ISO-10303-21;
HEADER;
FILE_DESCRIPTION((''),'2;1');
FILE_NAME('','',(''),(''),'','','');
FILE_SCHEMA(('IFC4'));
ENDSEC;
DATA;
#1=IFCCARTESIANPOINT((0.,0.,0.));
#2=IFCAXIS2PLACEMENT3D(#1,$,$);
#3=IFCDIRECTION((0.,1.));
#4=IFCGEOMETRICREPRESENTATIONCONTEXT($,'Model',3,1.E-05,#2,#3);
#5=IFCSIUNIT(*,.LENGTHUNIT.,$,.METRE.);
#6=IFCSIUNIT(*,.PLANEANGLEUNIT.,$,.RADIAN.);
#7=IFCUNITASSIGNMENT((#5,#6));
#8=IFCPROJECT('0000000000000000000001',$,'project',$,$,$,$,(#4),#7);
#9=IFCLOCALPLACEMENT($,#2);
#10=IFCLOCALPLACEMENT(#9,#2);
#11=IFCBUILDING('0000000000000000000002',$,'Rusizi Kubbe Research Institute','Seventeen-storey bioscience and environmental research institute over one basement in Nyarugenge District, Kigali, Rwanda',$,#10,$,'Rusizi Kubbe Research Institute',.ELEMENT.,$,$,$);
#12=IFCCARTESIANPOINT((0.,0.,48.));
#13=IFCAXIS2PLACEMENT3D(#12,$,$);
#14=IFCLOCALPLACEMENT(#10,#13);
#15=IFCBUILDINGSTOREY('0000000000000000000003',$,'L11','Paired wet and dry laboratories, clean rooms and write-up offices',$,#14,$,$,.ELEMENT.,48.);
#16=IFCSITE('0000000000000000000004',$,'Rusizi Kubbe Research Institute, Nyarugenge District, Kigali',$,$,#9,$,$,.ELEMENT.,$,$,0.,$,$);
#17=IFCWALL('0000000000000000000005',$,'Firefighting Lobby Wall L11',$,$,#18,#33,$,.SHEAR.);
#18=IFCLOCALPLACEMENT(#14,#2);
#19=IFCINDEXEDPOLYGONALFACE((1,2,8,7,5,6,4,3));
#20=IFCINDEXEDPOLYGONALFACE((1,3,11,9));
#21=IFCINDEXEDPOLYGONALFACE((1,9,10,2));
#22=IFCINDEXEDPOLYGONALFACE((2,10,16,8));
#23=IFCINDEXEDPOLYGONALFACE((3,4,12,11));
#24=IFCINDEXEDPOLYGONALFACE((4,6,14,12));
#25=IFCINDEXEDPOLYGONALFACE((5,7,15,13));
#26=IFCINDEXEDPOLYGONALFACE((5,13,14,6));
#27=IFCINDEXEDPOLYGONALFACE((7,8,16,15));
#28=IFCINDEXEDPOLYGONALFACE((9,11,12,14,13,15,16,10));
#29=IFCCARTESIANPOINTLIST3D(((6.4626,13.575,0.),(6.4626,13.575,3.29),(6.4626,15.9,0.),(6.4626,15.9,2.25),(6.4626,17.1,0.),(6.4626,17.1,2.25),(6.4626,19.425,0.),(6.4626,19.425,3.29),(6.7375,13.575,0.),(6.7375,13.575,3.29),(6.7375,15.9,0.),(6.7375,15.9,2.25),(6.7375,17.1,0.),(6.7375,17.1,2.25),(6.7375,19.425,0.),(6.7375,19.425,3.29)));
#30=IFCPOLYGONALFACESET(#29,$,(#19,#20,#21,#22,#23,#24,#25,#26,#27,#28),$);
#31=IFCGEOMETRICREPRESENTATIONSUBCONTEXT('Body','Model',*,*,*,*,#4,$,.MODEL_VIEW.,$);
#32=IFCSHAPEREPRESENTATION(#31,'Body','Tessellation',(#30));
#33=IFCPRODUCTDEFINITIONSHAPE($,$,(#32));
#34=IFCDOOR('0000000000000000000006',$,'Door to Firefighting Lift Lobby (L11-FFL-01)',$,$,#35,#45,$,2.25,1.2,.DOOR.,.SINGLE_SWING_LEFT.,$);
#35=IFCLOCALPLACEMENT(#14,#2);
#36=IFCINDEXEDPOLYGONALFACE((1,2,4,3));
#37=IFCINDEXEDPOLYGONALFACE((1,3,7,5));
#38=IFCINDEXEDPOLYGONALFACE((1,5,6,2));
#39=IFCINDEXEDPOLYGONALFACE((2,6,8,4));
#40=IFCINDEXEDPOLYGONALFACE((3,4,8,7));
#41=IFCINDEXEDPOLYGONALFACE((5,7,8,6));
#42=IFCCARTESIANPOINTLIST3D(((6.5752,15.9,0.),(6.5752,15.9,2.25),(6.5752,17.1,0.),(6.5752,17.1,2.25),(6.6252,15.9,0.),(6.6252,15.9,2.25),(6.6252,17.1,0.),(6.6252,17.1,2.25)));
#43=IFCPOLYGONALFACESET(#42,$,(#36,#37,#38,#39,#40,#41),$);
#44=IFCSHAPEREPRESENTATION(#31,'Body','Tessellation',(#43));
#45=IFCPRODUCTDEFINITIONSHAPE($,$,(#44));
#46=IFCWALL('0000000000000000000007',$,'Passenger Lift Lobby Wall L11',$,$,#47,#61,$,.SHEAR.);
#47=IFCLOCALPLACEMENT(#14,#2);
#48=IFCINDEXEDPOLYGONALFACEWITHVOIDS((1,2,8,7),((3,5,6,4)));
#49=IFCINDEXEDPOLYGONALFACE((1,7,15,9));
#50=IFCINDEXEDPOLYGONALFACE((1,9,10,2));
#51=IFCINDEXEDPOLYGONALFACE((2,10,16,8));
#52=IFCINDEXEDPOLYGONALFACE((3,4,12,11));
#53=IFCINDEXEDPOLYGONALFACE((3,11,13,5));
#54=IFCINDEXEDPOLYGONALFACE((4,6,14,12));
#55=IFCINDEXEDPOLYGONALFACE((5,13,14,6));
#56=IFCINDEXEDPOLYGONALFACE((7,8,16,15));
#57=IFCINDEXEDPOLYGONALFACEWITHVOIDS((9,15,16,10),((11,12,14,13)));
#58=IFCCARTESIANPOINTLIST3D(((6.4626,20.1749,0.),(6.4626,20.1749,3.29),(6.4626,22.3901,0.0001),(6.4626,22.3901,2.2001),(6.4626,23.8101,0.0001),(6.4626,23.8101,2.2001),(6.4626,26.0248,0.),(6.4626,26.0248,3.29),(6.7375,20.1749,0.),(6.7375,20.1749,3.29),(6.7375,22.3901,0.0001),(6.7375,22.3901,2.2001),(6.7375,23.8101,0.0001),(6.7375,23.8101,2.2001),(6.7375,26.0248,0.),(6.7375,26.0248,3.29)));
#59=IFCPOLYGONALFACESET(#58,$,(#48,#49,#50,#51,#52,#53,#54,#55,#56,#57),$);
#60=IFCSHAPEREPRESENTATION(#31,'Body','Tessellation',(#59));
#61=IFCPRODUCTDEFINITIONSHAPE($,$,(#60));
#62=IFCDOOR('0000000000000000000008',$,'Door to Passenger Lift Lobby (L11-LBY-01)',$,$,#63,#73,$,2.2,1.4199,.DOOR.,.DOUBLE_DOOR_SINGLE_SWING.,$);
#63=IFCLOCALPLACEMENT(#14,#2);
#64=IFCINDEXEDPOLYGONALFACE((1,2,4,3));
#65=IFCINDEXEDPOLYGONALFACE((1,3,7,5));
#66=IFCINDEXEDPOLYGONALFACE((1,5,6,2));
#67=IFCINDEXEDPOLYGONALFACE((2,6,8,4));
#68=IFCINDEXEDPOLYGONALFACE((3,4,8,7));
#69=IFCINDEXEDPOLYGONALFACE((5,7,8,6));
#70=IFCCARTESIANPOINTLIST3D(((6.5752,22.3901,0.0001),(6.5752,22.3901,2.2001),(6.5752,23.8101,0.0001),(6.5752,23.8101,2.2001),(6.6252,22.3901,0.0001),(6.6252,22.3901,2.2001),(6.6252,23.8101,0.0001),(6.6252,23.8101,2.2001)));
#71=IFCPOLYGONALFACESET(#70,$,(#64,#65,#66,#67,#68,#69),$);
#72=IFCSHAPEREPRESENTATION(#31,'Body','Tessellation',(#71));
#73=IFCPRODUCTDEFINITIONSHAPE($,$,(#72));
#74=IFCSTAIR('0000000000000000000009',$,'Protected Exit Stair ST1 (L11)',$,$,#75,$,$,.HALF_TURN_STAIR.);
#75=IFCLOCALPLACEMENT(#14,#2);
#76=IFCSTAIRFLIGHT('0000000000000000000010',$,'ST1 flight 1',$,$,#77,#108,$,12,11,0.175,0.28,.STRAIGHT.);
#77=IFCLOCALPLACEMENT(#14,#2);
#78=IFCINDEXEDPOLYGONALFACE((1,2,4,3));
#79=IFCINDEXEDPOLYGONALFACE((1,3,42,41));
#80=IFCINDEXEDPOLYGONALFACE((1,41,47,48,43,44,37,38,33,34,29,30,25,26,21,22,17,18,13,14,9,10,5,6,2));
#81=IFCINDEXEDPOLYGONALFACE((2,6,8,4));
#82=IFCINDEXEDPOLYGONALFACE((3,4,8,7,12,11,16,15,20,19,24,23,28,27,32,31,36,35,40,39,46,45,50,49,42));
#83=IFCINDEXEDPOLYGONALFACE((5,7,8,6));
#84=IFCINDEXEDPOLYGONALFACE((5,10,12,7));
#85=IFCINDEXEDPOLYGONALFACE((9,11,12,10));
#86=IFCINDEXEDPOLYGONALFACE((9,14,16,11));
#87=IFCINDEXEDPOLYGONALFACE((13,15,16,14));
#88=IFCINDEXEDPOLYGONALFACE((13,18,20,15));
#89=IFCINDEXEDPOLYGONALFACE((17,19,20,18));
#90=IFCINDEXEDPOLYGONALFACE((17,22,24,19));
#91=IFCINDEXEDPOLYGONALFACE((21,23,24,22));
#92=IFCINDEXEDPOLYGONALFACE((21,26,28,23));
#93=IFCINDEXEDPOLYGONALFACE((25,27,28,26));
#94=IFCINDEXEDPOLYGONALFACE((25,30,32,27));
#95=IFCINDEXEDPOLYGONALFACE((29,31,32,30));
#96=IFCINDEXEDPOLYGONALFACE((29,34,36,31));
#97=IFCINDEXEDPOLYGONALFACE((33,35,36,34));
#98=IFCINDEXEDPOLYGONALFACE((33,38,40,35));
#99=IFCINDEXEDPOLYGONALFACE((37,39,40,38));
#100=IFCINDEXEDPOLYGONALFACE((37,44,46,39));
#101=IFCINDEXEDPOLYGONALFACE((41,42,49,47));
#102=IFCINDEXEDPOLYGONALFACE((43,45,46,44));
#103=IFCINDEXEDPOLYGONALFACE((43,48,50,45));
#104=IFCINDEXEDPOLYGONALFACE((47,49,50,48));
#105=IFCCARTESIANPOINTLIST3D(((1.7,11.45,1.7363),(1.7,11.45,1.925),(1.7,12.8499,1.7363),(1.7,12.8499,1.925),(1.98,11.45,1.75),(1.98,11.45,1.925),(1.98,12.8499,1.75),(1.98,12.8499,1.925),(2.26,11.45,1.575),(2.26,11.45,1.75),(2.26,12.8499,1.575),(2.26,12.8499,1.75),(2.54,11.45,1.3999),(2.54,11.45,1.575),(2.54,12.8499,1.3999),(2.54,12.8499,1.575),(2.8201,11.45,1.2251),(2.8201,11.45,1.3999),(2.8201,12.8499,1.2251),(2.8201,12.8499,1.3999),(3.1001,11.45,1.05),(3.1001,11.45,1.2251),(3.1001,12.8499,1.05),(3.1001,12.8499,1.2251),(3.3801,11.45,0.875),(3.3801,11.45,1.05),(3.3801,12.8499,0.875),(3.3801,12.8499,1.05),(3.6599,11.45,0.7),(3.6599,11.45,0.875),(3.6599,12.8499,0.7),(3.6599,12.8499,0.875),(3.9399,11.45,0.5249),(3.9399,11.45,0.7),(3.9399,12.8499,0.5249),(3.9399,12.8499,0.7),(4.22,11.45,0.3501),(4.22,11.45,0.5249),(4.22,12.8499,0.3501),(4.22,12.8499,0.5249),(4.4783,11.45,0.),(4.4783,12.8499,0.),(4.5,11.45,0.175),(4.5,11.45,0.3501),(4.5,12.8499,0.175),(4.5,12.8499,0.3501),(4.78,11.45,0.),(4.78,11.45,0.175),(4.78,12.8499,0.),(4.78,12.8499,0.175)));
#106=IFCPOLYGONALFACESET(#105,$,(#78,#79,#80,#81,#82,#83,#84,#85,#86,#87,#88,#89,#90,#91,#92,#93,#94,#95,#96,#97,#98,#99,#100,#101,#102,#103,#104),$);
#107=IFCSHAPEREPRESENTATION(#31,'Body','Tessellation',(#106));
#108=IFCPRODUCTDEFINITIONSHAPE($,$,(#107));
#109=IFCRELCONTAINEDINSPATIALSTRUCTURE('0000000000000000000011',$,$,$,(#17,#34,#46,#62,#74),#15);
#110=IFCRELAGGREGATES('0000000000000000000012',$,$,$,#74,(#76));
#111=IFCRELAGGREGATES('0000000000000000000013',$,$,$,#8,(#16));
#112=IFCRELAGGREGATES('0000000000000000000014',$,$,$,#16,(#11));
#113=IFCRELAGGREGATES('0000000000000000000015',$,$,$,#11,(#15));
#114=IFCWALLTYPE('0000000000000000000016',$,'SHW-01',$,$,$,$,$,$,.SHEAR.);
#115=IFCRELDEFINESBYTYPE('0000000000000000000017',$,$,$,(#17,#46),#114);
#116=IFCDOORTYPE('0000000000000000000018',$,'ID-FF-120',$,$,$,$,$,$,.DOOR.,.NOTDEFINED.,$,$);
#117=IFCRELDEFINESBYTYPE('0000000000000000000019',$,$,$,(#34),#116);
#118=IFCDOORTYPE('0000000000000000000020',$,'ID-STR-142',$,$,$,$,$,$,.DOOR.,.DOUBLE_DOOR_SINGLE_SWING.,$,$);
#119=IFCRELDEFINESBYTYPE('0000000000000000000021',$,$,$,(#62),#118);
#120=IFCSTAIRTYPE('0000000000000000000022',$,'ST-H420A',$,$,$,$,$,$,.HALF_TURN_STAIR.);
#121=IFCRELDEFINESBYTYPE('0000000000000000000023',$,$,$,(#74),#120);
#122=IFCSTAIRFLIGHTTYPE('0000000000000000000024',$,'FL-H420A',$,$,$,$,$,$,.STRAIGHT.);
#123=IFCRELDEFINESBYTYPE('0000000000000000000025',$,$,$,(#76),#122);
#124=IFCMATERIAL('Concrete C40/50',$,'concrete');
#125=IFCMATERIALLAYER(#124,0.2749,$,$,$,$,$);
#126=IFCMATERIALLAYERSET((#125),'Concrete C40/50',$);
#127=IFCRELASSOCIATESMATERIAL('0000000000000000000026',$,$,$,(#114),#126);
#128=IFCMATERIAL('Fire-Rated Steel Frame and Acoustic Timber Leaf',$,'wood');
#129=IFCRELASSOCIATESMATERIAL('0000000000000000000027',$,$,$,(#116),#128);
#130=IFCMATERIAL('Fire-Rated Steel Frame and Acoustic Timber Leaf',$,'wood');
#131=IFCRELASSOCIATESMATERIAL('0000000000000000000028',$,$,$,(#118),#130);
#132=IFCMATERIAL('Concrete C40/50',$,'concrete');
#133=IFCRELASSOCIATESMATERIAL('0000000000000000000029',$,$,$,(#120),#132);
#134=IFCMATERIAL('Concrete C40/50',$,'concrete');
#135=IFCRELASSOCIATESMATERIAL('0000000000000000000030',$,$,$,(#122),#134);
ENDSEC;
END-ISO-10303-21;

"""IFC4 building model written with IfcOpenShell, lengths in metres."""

from ifc_helpers import new_model, si_unit, direction, frame, frame_2d, origin, place, context, subcontext, project, spatial, polyline, rectangle, outline, extrude, material, layer, layer_set, type_object, element, fill, aggregate, save


model = new_model("IFC4")

# Units and contexts
model_context = context("Model", 3, precision=1e-05, world=origin(), true_north=direction((0.0, 1.0)))
body_context = subcontext(model_context, "Body", "Model", "MODEL_VIEW")
ifc_project = project(units=[si_unit("LENGTHUNIT", "METRE"), si_unit("PLANEANGLEUNIT", "RADIAN")], contexts=[model_context])

# Site, building, storey
site_placement = place(None, origin())
site = spatial("IfcSite", under=ifc_project, at=site_placement, Name="Rusizi Kubbe Research Institute, Nyarugenge District, Kigali", CompositionType="ELEMENT", RefElevation=0.0)
building_placement = place(site_placement, origin())
building = spatial("IfcBuilding", under=site, at=building_placement, Name="Rusizi Kubbe Research Institute", Description="Seventeen-storey bioscience and environmental research institute over one basement in Nyarugenge District, Kigali, Rwanda", LongName="Rusizi Kubbe Research Institute", CompositionType="ELEMENT")
storey_placement = place(building_placement, frame((0.0, 0.0, 48.0)))
storey = spatial("IfcBuildingStorey", under=building, at=storey_placement, Name="L11", Description="Paired wet and dry laboratories, clean rooms and write-up offices", CompositionType="ELEMENT", Elevation=48.0)

# Walls, openings, doors
ifc_material_1 = material(Name="Concrete C40/50", Category="concrete")
ifc_layer_1 = layer(ifc_material_1, 0.2749)
ifc_layer_set_1 = layer_set([ifc_layer_1], Name="Concrete C40/50")
wall_type_1 = type_object("IfcWallType", Name="SHW-01", PredefinedType="SHEAR", material=ifc_layer_set_1)
wall_1_placement = place(storey_placement, frame((6.6001, 13.575, 0.0), z_axis=(0.0, 0.0, 1.0), x_axis=(0.0, 1.0, 0.0)))
wall_1 = element("IfcWall", 1, at=wall_1_placement, inside=storey, type_object=wall_type_1, Name="Firefighting Lobby Wall L11", PredefinedType="SHEAR", context=body_context, shape_type="SweptSolid", body=[
    extrude(rectangle(XDim=5.8501, YDim=0.2749, at=frame_2d((2.925, 0.0))), origin(), (0.0, 0.0, 1.0), 3.29),
])
opening_1_placement = place(wall_1_placement, frame((2.325, 0.0, 0.0)))
opening_1 = element("IfcOpeningElement", 2, at=opening_1_placement, cuts=wall_1, PredefinedType="OPENING", context=body_context, shape_type="SweptSolid", body=[
    extrude(rectangle(XDim=1.2, YDim=2.25, at=frame_2d((0.6001, 1.125))), frame((0.0, 0.1475, 0.0), z_axis=(0.0, -1.0, 0.0), x_axis=(1.0, 0.0, 0.0)), (0.0, 0.0, 1.0), 0.2949),
])
ifc_material_2 = material(Name="Fire-Rated Steel Frame and Acoustic Timber Leaf", Category="wood")
door_type_1 = type_object("IfcDoorType", Name="ID-FF-120", OperationType="NOTDEFINED", PredefinedType="DOOR", material=ifc_material_2)
door_1_placement = place(opening_1_placement, origin())
door_1 = element("IfcDoor", 3, at=door_1_placement, inside=storey, type_object=door_type_1, Name="Door to Firefighting Lift Lobby (L11-FFL-01)", OperationType="SINGLE_SWING_LEFT", OverallHeight=2.25, OverallWidth=1.2, PredefinedType="DOOR", context=body_context, shape_type="SweptSolid", body=[
    extrude(rectangle(XDim=1.2, YDim=2.25, at=frame_2d((0.6001, 1.125))), frame((0.0, 0.0249, 0.0), z_axis=(0.0, -1.0, 0.0), x_axis=(1.0, 0.0, 0.0)), (0.0, 0.0, 1.0), 0.05),
])
fill(opening_1, door_1)
wall_2_placement = place(storey_placement, frame((6.6001, 20.175, 0.0), z_axis=(0.0, 0.0, 1.0), x_axis=(0.0, 1.0, 0.0)))
wall_2 = element("IfcWall", 4, at=wall_2_placement, inside=storey, type_object=wall_type_1, Name="Passenger Lift Lobby Wall L11", PredefinedType="SHEAR", context=body_context, shape_type="SweptSolid", body=[
    extrude(rectangle(XDim=5.8499, YDim=0.2749, at=frame_2d((2.9248, 0.0))), origin(), (0.0, 0.0, 1.0), 3.29),
])
opening_2_placement = place(wall_2_placement, frame((2.2151, 0.0, 0.0)))
opening_2 = element("IfcOpeningElement", 5, at=opening_2_placement, cuts=wall_2, PredefinedType="OPENING", context=body_context, shape_type="SweptSolid", body=[
    extrude(rectangle(XDim=1.4199, YDim=2.2, at=frame_2d((0.71, 1.1001))), frame((0.0, 0.1475, 0.0), z_axis=(0.0, -1.0, 0.0), x_axis=(1.0, 0.0, 0.0)), (0.0, 0.0, 1.0), 0.2949),
])
ifc_material_3 = material(Name="Fire-Rated Steel Frame and Acoustic Timber Leaf", Category="wood")
door_type_2 = type_object("IfcDoorType", Name="ID-STR-142", OperationType="DOUBLE_DOOR_SINGLE_SWING", PredefinedType="DOOR", material=ifc_material_3)
door_2_placement = place(opening_2_placement, origin())
door_2 = element("IfcDoor", 6, at=door_2_placement, inside=storey, type_object=door_type_2, Name="Door to Passenger Lift Lobby (L11-LBY-01)", OperationType="DOUBLE_DOOR_SINGLE_SWING", OverallHeight=2.2, OverallWidth=1.4199, PredefinedType="DOOR", context=body_context, shape_type="SweptSolid", body=[
    extrude(rectangle(XDim=1.4199, YDim=2.2, at=frame_2d((0.71, 1.1001))), frame((0.0, 0.0249, 0.0), z_axis=(0.0, -1.0, 0.0), x_axis=(1.0, 0.0, 0.0)), (0.0, 0.0, 1.0), 0.05),
])
fill(opening_2, door_2)

# Stair, stair flight
ifc_material_4 = material(Name="Concrete C40/50", Category="concrete")
stair_type = type_object("IfcStairType", Name="ST-H420A", PredefinedType="HALF_TURN_STAIR", material=ifc_material_4)
stair_placement = place(storey_placement, origin())
stair = element("IfcStair", 7, at=stair_placement, inside=storey, type_object=stair_type, Name="Protected Exit Stair ST1 (L11)", PredefinedType="HALF_TURN_STAIR")
ifc_material_5 = material(Name="Concrete C40/50", Category="concrete")
stair_flight_type = type_object("IfcStairFlightType", Name="FL-H420A", PredefinedType="STRAIGHT", material=ifc_material_5)
stair_flight_placement = place(storey_placement, frame((4.78, 12.1499, 0.0), z_axis=(0.0, 0.0, 1.0), x_axis=(-1.0, 0.0, 0.0)))
stair_flight = element("IfcStairFlight", 8, at=stair_flight_placement, type_object=stair_flight_type, Name="ST1 flight 1", NumberOfRisers=12, NumberOfTreads=11, PredefinedType="STRAIGHT", RiserHeight=0.175, TreadLength=0.28, context=body_context, shape_type="SweptSolid", body=[
    extrude(outline(polyline([(0.0, 0.0), (0.0, 0.175), (0.28, 0.175), (0.28, 0.3501), (0.5601, 0.3501), (0.5601, 0.5249), (0.8401, 0.5249), (0.8401, 0.7), (1.1201, 0.7), (1.1201, 0.875), (1.3999, 0.875), (1.3999, 1.05), (1.6799, 1.05), (1.6799, 1.2251), (1.96, 1.2251), (1.96, 1.3999), (2.24, 1.3999), (2.24, 1.575), (2.52, 1.575), (2.52, 1.75), (2.8, 1.75), (2.8, 1.925), (3.0801, 1.925), (3.0801, 2.1001), (3.0801, 1.7363), (0.3018, 0.0), (0.0, 0.0)])), frame((0.0, 0.7, 0.0), z_axis=(0.0, -1.0, 0.0), x_axis=(1.0, 0.0, 0.0)), (0.0, 0.0, 1.0), 1.3999),
])
aggregate(stair, [stair_flight])

save(model, "model.ifc")
